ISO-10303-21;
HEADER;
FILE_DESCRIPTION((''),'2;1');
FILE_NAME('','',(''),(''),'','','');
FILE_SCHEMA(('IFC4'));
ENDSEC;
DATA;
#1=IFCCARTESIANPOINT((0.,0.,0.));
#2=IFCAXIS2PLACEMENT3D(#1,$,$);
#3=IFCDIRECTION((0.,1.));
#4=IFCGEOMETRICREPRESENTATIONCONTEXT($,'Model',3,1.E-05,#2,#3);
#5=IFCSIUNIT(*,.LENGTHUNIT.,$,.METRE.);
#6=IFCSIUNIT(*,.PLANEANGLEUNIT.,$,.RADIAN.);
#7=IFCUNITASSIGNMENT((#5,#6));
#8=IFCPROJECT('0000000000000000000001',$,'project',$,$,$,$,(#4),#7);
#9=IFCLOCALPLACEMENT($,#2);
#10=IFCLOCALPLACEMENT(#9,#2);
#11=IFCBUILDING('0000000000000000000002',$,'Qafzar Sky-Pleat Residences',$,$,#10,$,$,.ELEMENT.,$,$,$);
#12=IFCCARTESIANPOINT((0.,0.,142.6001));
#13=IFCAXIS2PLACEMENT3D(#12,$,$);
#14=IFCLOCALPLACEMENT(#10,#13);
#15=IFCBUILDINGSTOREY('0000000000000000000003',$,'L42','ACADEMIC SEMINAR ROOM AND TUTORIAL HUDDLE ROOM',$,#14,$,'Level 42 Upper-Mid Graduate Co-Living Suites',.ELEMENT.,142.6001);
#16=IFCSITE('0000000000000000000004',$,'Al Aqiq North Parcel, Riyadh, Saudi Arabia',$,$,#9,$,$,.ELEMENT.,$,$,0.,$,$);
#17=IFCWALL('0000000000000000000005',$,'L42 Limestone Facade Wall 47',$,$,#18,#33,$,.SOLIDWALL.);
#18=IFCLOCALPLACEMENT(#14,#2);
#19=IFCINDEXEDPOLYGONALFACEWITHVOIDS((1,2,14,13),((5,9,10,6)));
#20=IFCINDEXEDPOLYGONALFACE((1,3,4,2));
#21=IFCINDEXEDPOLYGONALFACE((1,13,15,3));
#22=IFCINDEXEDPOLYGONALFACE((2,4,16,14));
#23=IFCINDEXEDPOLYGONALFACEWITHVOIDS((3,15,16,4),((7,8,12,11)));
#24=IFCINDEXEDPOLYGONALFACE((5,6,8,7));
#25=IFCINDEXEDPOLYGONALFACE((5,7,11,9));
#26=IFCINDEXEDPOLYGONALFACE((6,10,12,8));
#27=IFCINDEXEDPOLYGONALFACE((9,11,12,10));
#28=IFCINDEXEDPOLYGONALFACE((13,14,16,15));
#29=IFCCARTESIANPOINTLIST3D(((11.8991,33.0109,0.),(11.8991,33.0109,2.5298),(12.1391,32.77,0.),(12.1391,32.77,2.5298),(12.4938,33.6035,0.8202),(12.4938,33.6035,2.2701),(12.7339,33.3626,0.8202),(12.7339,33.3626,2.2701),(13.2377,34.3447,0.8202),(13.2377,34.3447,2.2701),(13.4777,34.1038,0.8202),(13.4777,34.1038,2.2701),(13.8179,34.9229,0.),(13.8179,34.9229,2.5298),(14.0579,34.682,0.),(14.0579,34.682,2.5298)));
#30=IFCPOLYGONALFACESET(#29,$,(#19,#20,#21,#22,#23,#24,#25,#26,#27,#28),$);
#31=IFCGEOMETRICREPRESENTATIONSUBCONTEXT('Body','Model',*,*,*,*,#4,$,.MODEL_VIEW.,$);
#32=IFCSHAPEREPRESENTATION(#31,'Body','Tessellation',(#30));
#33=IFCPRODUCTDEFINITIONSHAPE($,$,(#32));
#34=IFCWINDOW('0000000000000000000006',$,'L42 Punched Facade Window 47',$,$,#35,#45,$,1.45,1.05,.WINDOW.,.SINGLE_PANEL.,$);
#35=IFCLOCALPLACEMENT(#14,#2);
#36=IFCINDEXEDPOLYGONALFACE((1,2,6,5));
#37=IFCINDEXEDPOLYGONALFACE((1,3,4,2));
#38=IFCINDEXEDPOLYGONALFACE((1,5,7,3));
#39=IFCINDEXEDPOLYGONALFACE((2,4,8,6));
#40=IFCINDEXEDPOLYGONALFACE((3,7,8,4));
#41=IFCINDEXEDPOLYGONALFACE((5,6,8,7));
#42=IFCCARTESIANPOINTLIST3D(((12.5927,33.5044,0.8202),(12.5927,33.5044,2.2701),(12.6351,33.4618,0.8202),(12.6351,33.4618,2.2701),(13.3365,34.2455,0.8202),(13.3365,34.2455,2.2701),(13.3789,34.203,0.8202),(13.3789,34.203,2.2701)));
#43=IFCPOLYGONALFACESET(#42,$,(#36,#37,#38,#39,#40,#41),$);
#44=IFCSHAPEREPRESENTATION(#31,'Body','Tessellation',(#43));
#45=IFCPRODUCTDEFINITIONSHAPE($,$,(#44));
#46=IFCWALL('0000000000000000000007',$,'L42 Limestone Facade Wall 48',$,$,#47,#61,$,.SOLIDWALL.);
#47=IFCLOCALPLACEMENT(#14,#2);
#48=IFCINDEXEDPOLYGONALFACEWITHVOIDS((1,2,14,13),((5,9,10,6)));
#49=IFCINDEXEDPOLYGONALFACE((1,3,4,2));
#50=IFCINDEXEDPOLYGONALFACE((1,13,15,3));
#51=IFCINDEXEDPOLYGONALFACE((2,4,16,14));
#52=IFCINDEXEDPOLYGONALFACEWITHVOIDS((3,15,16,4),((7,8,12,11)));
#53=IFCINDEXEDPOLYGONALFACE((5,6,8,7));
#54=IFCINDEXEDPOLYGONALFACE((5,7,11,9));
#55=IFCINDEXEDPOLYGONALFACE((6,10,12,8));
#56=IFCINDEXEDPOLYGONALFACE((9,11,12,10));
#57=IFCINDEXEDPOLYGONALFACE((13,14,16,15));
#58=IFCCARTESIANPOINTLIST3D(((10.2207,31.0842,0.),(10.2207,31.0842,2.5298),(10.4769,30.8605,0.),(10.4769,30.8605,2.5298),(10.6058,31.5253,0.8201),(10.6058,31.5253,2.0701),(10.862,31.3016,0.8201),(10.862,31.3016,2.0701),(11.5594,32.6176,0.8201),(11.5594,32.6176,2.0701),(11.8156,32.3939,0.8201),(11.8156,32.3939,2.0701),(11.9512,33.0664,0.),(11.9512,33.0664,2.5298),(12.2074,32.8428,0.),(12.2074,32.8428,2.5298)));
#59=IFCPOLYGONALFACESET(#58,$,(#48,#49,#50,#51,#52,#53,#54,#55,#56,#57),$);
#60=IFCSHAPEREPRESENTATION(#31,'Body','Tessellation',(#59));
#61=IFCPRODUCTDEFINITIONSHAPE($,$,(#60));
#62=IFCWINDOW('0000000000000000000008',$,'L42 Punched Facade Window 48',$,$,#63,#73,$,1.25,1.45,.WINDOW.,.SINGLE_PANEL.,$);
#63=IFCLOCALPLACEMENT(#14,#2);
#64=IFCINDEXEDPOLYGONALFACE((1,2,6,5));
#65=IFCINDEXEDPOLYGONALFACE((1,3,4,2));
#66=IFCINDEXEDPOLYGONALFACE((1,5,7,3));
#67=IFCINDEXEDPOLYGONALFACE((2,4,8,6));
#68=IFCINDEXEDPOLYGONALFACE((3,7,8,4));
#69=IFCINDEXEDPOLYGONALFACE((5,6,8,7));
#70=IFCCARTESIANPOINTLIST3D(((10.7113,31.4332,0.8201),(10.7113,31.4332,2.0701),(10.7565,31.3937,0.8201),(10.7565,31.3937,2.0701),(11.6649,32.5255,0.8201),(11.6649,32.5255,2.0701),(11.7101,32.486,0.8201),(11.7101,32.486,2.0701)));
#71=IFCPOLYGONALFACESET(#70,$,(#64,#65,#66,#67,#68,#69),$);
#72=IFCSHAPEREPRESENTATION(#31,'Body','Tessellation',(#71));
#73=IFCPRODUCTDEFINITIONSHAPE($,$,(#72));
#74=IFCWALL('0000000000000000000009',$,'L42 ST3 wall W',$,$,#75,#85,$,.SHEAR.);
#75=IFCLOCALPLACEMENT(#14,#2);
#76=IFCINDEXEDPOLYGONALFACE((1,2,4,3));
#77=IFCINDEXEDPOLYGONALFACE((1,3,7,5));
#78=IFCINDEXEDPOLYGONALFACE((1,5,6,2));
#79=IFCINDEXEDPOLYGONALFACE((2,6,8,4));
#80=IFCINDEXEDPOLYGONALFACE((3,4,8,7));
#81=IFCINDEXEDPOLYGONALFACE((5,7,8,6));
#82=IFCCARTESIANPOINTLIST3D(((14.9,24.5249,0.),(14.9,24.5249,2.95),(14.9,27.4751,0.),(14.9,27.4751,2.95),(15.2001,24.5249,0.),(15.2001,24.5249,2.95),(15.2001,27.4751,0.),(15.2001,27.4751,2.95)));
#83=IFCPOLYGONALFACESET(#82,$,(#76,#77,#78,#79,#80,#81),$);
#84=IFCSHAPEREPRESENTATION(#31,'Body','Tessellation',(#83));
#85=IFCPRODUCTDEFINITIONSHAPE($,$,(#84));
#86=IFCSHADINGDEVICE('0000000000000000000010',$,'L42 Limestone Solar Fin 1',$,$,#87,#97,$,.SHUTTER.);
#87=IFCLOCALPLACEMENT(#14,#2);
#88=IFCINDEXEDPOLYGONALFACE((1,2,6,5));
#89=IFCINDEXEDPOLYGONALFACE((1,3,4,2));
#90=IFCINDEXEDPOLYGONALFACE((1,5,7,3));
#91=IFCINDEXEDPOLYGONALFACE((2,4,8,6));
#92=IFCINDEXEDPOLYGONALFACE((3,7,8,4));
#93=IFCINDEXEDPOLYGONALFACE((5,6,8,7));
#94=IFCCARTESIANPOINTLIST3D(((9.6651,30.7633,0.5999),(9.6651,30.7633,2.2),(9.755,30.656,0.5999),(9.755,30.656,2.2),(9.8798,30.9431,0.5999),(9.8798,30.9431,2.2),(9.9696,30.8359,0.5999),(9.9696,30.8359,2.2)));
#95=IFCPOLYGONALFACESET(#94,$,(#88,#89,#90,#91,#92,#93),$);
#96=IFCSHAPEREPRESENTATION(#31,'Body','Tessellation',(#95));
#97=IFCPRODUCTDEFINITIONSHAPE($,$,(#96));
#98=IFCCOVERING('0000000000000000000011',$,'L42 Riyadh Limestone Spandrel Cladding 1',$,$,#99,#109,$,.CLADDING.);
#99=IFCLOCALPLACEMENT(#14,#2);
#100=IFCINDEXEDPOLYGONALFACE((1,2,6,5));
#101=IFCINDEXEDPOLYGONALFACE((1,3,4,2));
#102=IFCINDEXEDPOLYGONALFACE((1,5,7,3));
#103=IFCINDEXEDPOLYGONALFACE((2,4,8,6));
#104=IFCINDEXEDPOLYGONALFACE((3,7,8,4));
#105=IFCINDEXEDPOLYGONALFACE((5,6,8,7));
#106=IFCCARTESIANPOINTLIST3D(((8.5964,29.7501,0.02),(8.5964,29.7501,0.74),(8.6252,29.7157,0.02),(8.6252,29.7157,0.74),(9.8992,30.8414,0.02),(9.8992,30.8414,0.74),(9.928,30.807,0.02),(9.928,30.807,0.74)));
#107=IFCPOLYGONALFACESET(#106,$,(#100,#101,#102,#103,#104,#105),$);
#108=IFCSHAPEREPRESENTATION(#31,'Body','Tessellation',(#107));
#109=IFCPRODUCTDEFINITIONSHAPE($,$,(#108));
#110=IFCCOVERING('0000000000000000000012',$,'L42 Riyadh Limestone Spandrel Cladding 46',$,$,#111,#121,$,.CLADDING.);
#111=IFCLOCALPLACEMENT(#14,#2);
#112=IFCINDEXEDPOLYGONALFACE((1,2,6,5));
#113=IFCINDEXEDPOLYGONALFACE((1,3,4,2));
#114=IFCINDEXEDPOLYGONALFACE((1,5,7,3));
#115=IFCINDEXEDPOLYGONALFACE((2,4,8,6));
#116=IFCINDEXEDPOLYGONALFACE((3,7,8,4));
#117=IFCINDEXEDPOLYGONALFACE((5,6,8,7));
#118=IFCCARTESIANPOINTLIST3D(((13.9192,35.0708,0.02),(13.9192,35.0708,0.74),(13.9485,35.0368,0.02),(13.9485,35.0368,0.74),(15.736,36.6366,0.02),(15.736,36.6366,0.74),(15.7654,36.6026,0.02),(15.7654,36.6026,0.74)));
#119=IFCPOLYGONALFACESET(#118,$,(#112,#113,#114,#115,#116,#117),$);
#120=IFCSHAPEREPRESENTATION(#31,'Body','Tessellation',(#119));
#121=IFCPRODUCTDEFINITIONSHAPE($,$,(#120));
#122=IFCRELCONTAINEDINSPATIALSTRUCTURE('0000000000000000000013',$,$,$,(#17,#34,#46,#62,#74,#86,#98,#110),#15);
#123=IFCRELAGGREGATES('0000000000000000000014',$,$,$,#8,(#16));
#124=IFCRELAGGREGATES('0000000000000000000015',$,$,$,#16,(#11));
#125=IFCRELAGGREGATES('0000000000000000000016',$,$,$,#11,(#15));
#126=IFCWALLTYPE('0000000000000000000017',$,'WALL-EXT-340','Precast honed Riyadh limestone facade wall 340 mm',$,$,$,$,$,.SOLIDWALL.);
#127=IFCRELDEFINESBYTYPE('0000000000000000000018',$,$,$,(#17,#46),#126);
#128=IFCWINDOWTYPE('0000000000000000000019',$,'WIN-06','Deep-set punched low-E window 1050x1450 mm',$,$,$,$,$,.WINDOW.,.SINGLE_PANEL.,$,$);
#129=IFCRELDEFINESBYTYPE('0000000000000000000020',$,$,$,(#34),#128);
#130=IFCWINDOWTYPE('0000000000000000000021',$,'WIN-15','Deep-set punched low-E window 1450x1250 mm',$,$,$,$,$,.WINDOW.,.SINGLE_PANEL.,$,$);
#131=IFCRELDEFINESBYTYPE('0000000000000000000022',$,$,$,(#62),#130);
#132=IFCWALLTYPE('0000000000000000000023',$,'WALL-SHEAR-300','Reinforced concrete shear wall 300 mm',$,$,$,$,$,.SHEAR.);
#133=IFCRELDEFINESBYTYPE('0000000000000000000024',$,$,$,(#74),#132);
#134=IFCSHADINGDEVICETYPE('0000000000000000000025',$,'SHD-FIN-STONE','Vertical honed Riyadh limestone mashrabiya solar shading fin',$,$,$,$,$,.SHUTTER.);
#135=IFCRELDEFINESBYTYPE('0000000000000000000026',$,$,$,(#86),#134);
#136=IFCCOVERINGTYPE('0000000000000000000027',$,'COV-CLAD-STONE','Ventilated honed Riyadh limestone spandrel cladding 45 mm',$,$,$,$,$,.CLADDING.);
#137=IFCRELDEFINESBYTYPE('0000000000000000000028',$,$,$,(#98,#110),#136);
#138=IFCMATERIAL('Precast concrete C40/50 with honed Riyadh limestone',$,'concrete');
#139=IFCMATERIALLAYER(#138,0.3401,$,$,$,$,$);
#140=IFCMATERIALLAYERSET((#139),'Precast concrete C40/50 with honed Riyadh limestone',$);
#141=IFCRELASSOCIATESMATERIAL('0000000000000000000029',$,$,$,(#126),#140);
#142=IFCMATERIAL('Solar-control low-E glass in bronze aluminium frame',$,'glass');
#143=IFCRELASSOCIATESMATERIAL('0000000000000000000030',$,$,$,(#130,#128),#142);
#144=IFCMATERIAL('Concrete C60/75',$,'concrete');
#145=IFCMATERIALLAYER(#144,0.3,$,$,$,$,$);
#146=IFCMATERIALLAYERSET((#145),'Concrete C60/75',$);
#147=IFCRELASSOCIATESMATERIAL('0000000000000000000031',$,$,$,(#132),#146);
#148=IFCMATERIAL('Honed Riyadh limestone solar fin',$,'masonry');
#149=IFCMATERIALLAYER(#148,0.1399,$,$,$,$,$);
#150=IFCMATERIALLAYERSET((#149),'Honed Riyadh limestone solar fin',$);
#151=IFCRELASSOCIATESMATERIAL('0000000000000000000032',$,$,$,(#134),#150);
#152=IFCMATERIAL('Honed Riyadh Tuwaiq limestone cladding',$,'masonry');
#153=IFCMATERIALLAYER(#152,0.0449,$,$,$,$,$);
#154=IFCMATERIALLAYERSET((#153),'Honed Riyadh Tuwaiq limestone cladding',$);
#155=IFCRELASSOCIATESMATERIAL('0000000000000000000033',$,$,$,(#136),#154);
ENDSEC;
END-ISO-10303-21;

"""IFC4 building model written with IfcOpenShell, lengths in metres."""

from ifc_helpers import new_model, si_unit, direction, frame, frame_2d, origin, origin_2d, place, context, subcontext, project, spatial, rectangle, extrude, source, transform, mapped, material, layer, layer_set, type_object, element, fill, save


model = new_model("IFC4")

# Units and contexts
model_context = context("Model", 3, precision=1e-05, world=origin(), true_north=direction((0.0, 1.0)))
body_context = subcontext(model_context, "Body", "Model", "MODEL_VIEW")
ifc_project = project(units=[si_unit("LENGTHUNIT", "METRE"), si_unit("PLANEANGLEUNIT", "RADIAN")], contexts=[model_context])

# Site, building, storey
site_placement = place(None, origin())
site = spatial("IfcSite", under=ifc_project, at=site_placement, Name="Al Aqiq North Parcel, Riyadh, Saudi Arabia", CompositionType="ELEMENT", RefElevation=0.0)
building_placement = place(site_placement, origin())
building = spatial("IfcBuilding", under=site, at=building_placement, Name="Qafzar Sky-Pleat Residences", CompositionType="ELEMENT")
storey_placement = place(building_placement, frame((0.0, 0.0, 142.6001)))
storey = spatial("IfcBuildingStorey", under=building, at=storey_placement, Name="L42", Description="ACADEMIC SEMINAR ROOM AND TUTORIAL HUDDLE ROOM", LongName="Level 42 Upper-Mid Graduate Co-Living Suites", CompositionType="ELEMENT", Elevation=142.6001)

# Shared definitions
ifc_material_1 = material(Name="Concrete C60/75", Category="concrete")

# Walls, openings, windows
ifc_material_2 = material(Name="Precast concrete C40/50 with honed Riyadh limestone", Category="concrete")
ifc_layer_1 = layer(ifc_material_2, 0.3401)
ifc_layer_set_1 = layer_set([ifc_layer_1], Name="Precast concrete C40/50 with honed Riyadh limestone")
wall_type_1 = type_object("IfcWallType", Name="WALL-EXT-340", Description="Precast honed Riyadh limestone facade wall 340 mm", PredefinedType="SOLIDWALL", material=ifc_layer_set_1)
ifc_material_3 = material(Name="Solar-control low-E glass in bronze aluminium frame", Category="glass")
window_type_1 = type_object("IfcWindowType", Name="WIN-15", Description="Deep-set punched low-E window 1450x1250 mm", PartitioningType="SINGLE_PANEL", PredefinedType="WINDOW", material=ifc_material_3)
shared_shape_1 = source(origin(), body_context, "Body", "SweptSolid", [
    extrude(rectangle(XDim=1.45, YDim=1.25, at=frame_2d((0.7251, 0.625))), frame((0.0, 0.03, 0.0), z_axis=(0.0, -1.0, 0.0), x_axis=(1.0, 0.0, 0.0)), (0.0, 0.0, 1.0), 0.0601),
])
wall_1_placement = place(storey_placement, frame((13.938, 34.8025, 0.0), z_axis=(0.0, 0.0, 1.0), x_axis=(-0.708368, -0.705844, 0.0)))
wall_1 = element("IfcWall", 1, at=wall_1_placement, inside=storey, type_object=wall_type_1, Name="L42 Limestone Facade Wall 47", PredefinedType="SOLIDWALL", context=body_context, shape_type="SweptSolid", body=[
    extrude(rectangle(XDim=2.7087, YDim=0.3401, at=frame_2d((1.3545, 0.0))), origin(), (0.0, 0.0, 1.0), 2.5298),
])
opening_1_placement = place(wall_1_placement, frame((0.8193, 0.0, 0.8201)))
opening_1 = element("IfcOpeningElement", 2, at=opening_1_placement, cuts=wall_1, PredefinedType="OPENING", context=body_context, shape_type="SweptSolid", body=[
    extrude(rectangle(XDim=1.05, YDim=1.45, at=frame_2d((0.5249, 0.7251))), frame((0.0, 0.1802, 0.0), z_axis=(0.0, -1.0, 0.0), x_axis=(1.0, 0.0, 0.0)), (0.0, 0.0, 1.0), 0.3601),
])
window_type_2 = type_object("IfcWindowType", Name="WIN-06", Description="Deep-set punched low-E window 1050x1450 mm", PartitioningType="SINGLE_PANEL", PredefinedType="WINDOW", material=ifc_material_3)
shared_shape_2 = source(origin(), body_context, "Body", "SweptSolid", [
    extrude(rectangle(XDim=1.05, YDim=1.45, at=frame_2d((0.5249, 0.7251))), frame((0.0, 0.03, 0.0), z_axis=(0.0, -1.0, 0.0), x_axis=(1.0, 0.0, 0.0)), (0.0, 0.0, 1.0), 0.0601),
])
window_1_placement = place(opening_1_placement, origin())
window_1 = element("IfcWindow", 3, at=window_1_placement, inside=storey, type_object=window_type_2, Name="L42 Punched Facade Window 47", OverallHeight=1.45, OverallWidth=1.05, PartitioningType="SINGLE_PANEL", PredefinedType="WINDOW", context=body_context, shape_type="MappedRepresentation", body=[
    mapped(shared_shape_2, transform((0.0, 0.0, 0.0), x_axis=(1.0, 0.0, 0.0), y_axis=(0.0, 1.0, 0.0), z_axis=(0.0, 0.0, 1.0), scale=1.0)),
])
fill(opening_1, window_1)
wall_2_placement = place(storey_placement, frame((12.0793, 32.9546, 0.0), z_axis=(0.0, 0.0, 1.0), x_axis=(-0.657657, -0.753318, 0.0)))
wall_2 = element("IfcWall", 4, at=wall_2_placement, inside=storey, type_object=wall_type_1, Name="L42 Limestone Facade Wall 48", PredefinedType="SOLIDWALL", context=body_context, shape_type="SweptSolid", body=[
    extrude(rectangle(XDim=2.6313, YDim=0.3401, at=frame_2d((1.3157, 0.0))), origin(), (0.0, 0.0, 1.0), 2.5298),
])
opening_2_placement = place(wall_2_placement, frame((0.5957, 0.0, 0.8201)))
opening_2 = element("IfcOpeningElement", 5, at=opening_2_placement, cuts=wall_2, PredefinedType="OPENING", context=body_context, shape_type="SweptSolid", body=[
    extrude(rectangle(XDim=1.45, YDim=1.25, at=frame_2d((0.7251, 0.625))), frame((0.0, 0.1802, 0.0), z_axis=(0.0, -1.0, 0.0), x_axis=(1.0, 0.0, 0.0)), (0.0, 0.0, 1.0), 0.3601),
])
window_2_placement = place(opening_2_placement, origin())
window_2 = element("IfcWindow", 6, at=window_2_placement, inside=storey, type_object=window_type_1, Name="L42 Punched Facade Window 48", OverallHeight=1.25, OverallWidth=1.45, PartitioningType="SINGLE_PANEL", PredefinedType="WINDOW", context=body_context, shape_type="MappedRepresentation", body=[
    mapped(shared_shape_1, transform((0.0, 0.0, 0.0), x_axis=(1.0, 0.0, 0.0), y_axis=(0.0, 1.0, 0.0), z_axis=(0.0, 0.0, 1.0), scale=1.0)),
])
fill(opening_2, window_2)

# Wall
ifc_layer_2 = layer(ifc_material_1, 0.3)
ifc_layer_set_2 = layer_set([ifc_layer_2], Name="Concrete C60/75")
wall_type_2 = type_object("IfcWallType", Name="WALL-SHEAR-300", Description="Reinforced concrete shear wall 300 mm", PredefinedType="SHEAR", material=ifc_layer_set_2)
wall_3_placement = place(storey_placement, frame((15.05, 27.4751, 0.0), z_axis=(0.0, 0.0, 1.0), x_axis=(0.0, -1.0, 0.0)))
element("IfcWall", 7, at=wall_3_placement, inside=storey, type_object=wall_type_2, Name="L42 ST3 wall W", PredefinedType="SHEAR", context=body_context, shape_type="SweptSolid", body=[
    extrude(rectangle(XDim=2.9502, YDim=0.3, at=frame_2d((1.4751, 0.0))), origin(), (0.0, 0.0, 1.0), 2.95),
])

# Shading device
ifc_material_4 = material(Name="Honed Riyadh limestone solar fin", Category="masonry")
ifc_layer_3 = layer(ifc_material_4, 0.1399)
ifc_layer_set_3 = layer_set([ifc_layer_3], Name="Honed Riyadh limestone solar fin")
shading_device_type = type_object("IfcShadingDeviceType", Name="SHD-FIN-STONE", Description="Vertical honed Riyadh limestone mashrabiya solar shading fin", PredefinedType="SHUTTER", material=ifc_layer_set_3)
shared_shape_3 = source(origin(), body_context, "Body", "SweptSolid", [
    extrude(rectangle(XDim=0.1399, YDim=0.28, at=origin_2d()), origin(), (0.0, 0.0, 1.0), 1.6001),
])
shading_device_placement = place(storey_placement, frame((9.8174, 30.7996, 0.5999), z_axis=(0.0, 0.0, 1.0), x_axis=(-0.642179, 0.766555, 0.0)))
element("IfcShadingDevice", 8, at=shading_device_placement, inside=storey, type_object=shading_device_type, Name="L42 Limestone Solar Fin 1", PredefinedType="SHUTTER", context=body_context, shape_type="MappedRepresentation", body=[
    mapped(shared_shape_3, transform((0.0, 0.0, 0.0), x_axis=(1.0, 0.0, 0.0), y_axis=(0.0, 1.0, 0.0), z_axis=(0.0, 0.0, 1.0), scale=1.0)),
])

# Coverings
ifc_material_5 = material(Name="Honed Riyadh Tuwaiq limestone cladding", Category="masonry")
ifc_layer_4 = layer(ifc_material_5, 0.0449)
ifc_layer_set_4 = layer_set([ifc_layer_4], Name="Honed Riyadh Tuwaiq limestone cladding")
covering_type = type_object("IfcCoveringType", Name="COV-CLAD-STONE", Description="Ventilated honed Riyadh limestone spandrel cladding 45 mm", PredefinedType="CLADDING", material=ifc_layer_set_4)
shared_shape_4 = source(origin(), body_context, "Body", "SweptSolid", [
    extrude(rectangle(XDim=1.6995, YDim=0.0449, at=origin_2d()), origin(), (0.0, 0.0, 1.0), 0.72),
])
covering_1_placement = place(storey_placement, frame((9.2622, 30.2786, 0.02), z_axis=(0.0, 0.0, 1.0), x_axis=(-0.766591, -0.642136, 0.0)))
element("IfcCovering", 9, at=covering_1_placement, inside=storey, type_object=covering_type, Name="L42 Riyadh Limestone Spandrel Cladding 1", PredefinedType="CLADDING", context=body_context, shape_type="MappedRepresentation", body=[
    mapped(shared_shape_4, transform((0.0, 0.0, 0.0), x_axis=(1.0, 0.0, 0.0), y_axis=(0.0, 1.0, 0.0), z_axis=(0.0, 0.0, 1.0), scale=1.0)),
])
shared_shape_5 = source(origin(), body_context, "Body", "SweptSolid", [
    extrude(rectangle(XDim=2.3984, YDim=0.0449, at=origin_2d()), origin(), (0.0, 0.0, 1.0), 0.72),
])
covering_2_placement = place(storey_placement, frame((14.8423, 35.8367, 0.02), z_axis=(0.0, 0.0, 1.0), x_axis=(-0.757495, -0.652841, 0.0)))
element("IfcCovering", 10, at=covering_2_placement, inside=storey, type_object=covering_type, Name="L42 Riyadh Limestone Spandrel Cladding 46", PredefinedType="CLADDING", context=body_context, shape_type="MappedRepresentation", body=[
    mapped(shared_shape_5, transform((0.0, 0.0, 0.0), x_axis=(1.0, 0.0, 0.0), y_axis=(0.0, 1.0, 0.0), z_axis=(0.0, 0.0, 1.0), scale=1.0)),
])

save(model, "model.ifc")
